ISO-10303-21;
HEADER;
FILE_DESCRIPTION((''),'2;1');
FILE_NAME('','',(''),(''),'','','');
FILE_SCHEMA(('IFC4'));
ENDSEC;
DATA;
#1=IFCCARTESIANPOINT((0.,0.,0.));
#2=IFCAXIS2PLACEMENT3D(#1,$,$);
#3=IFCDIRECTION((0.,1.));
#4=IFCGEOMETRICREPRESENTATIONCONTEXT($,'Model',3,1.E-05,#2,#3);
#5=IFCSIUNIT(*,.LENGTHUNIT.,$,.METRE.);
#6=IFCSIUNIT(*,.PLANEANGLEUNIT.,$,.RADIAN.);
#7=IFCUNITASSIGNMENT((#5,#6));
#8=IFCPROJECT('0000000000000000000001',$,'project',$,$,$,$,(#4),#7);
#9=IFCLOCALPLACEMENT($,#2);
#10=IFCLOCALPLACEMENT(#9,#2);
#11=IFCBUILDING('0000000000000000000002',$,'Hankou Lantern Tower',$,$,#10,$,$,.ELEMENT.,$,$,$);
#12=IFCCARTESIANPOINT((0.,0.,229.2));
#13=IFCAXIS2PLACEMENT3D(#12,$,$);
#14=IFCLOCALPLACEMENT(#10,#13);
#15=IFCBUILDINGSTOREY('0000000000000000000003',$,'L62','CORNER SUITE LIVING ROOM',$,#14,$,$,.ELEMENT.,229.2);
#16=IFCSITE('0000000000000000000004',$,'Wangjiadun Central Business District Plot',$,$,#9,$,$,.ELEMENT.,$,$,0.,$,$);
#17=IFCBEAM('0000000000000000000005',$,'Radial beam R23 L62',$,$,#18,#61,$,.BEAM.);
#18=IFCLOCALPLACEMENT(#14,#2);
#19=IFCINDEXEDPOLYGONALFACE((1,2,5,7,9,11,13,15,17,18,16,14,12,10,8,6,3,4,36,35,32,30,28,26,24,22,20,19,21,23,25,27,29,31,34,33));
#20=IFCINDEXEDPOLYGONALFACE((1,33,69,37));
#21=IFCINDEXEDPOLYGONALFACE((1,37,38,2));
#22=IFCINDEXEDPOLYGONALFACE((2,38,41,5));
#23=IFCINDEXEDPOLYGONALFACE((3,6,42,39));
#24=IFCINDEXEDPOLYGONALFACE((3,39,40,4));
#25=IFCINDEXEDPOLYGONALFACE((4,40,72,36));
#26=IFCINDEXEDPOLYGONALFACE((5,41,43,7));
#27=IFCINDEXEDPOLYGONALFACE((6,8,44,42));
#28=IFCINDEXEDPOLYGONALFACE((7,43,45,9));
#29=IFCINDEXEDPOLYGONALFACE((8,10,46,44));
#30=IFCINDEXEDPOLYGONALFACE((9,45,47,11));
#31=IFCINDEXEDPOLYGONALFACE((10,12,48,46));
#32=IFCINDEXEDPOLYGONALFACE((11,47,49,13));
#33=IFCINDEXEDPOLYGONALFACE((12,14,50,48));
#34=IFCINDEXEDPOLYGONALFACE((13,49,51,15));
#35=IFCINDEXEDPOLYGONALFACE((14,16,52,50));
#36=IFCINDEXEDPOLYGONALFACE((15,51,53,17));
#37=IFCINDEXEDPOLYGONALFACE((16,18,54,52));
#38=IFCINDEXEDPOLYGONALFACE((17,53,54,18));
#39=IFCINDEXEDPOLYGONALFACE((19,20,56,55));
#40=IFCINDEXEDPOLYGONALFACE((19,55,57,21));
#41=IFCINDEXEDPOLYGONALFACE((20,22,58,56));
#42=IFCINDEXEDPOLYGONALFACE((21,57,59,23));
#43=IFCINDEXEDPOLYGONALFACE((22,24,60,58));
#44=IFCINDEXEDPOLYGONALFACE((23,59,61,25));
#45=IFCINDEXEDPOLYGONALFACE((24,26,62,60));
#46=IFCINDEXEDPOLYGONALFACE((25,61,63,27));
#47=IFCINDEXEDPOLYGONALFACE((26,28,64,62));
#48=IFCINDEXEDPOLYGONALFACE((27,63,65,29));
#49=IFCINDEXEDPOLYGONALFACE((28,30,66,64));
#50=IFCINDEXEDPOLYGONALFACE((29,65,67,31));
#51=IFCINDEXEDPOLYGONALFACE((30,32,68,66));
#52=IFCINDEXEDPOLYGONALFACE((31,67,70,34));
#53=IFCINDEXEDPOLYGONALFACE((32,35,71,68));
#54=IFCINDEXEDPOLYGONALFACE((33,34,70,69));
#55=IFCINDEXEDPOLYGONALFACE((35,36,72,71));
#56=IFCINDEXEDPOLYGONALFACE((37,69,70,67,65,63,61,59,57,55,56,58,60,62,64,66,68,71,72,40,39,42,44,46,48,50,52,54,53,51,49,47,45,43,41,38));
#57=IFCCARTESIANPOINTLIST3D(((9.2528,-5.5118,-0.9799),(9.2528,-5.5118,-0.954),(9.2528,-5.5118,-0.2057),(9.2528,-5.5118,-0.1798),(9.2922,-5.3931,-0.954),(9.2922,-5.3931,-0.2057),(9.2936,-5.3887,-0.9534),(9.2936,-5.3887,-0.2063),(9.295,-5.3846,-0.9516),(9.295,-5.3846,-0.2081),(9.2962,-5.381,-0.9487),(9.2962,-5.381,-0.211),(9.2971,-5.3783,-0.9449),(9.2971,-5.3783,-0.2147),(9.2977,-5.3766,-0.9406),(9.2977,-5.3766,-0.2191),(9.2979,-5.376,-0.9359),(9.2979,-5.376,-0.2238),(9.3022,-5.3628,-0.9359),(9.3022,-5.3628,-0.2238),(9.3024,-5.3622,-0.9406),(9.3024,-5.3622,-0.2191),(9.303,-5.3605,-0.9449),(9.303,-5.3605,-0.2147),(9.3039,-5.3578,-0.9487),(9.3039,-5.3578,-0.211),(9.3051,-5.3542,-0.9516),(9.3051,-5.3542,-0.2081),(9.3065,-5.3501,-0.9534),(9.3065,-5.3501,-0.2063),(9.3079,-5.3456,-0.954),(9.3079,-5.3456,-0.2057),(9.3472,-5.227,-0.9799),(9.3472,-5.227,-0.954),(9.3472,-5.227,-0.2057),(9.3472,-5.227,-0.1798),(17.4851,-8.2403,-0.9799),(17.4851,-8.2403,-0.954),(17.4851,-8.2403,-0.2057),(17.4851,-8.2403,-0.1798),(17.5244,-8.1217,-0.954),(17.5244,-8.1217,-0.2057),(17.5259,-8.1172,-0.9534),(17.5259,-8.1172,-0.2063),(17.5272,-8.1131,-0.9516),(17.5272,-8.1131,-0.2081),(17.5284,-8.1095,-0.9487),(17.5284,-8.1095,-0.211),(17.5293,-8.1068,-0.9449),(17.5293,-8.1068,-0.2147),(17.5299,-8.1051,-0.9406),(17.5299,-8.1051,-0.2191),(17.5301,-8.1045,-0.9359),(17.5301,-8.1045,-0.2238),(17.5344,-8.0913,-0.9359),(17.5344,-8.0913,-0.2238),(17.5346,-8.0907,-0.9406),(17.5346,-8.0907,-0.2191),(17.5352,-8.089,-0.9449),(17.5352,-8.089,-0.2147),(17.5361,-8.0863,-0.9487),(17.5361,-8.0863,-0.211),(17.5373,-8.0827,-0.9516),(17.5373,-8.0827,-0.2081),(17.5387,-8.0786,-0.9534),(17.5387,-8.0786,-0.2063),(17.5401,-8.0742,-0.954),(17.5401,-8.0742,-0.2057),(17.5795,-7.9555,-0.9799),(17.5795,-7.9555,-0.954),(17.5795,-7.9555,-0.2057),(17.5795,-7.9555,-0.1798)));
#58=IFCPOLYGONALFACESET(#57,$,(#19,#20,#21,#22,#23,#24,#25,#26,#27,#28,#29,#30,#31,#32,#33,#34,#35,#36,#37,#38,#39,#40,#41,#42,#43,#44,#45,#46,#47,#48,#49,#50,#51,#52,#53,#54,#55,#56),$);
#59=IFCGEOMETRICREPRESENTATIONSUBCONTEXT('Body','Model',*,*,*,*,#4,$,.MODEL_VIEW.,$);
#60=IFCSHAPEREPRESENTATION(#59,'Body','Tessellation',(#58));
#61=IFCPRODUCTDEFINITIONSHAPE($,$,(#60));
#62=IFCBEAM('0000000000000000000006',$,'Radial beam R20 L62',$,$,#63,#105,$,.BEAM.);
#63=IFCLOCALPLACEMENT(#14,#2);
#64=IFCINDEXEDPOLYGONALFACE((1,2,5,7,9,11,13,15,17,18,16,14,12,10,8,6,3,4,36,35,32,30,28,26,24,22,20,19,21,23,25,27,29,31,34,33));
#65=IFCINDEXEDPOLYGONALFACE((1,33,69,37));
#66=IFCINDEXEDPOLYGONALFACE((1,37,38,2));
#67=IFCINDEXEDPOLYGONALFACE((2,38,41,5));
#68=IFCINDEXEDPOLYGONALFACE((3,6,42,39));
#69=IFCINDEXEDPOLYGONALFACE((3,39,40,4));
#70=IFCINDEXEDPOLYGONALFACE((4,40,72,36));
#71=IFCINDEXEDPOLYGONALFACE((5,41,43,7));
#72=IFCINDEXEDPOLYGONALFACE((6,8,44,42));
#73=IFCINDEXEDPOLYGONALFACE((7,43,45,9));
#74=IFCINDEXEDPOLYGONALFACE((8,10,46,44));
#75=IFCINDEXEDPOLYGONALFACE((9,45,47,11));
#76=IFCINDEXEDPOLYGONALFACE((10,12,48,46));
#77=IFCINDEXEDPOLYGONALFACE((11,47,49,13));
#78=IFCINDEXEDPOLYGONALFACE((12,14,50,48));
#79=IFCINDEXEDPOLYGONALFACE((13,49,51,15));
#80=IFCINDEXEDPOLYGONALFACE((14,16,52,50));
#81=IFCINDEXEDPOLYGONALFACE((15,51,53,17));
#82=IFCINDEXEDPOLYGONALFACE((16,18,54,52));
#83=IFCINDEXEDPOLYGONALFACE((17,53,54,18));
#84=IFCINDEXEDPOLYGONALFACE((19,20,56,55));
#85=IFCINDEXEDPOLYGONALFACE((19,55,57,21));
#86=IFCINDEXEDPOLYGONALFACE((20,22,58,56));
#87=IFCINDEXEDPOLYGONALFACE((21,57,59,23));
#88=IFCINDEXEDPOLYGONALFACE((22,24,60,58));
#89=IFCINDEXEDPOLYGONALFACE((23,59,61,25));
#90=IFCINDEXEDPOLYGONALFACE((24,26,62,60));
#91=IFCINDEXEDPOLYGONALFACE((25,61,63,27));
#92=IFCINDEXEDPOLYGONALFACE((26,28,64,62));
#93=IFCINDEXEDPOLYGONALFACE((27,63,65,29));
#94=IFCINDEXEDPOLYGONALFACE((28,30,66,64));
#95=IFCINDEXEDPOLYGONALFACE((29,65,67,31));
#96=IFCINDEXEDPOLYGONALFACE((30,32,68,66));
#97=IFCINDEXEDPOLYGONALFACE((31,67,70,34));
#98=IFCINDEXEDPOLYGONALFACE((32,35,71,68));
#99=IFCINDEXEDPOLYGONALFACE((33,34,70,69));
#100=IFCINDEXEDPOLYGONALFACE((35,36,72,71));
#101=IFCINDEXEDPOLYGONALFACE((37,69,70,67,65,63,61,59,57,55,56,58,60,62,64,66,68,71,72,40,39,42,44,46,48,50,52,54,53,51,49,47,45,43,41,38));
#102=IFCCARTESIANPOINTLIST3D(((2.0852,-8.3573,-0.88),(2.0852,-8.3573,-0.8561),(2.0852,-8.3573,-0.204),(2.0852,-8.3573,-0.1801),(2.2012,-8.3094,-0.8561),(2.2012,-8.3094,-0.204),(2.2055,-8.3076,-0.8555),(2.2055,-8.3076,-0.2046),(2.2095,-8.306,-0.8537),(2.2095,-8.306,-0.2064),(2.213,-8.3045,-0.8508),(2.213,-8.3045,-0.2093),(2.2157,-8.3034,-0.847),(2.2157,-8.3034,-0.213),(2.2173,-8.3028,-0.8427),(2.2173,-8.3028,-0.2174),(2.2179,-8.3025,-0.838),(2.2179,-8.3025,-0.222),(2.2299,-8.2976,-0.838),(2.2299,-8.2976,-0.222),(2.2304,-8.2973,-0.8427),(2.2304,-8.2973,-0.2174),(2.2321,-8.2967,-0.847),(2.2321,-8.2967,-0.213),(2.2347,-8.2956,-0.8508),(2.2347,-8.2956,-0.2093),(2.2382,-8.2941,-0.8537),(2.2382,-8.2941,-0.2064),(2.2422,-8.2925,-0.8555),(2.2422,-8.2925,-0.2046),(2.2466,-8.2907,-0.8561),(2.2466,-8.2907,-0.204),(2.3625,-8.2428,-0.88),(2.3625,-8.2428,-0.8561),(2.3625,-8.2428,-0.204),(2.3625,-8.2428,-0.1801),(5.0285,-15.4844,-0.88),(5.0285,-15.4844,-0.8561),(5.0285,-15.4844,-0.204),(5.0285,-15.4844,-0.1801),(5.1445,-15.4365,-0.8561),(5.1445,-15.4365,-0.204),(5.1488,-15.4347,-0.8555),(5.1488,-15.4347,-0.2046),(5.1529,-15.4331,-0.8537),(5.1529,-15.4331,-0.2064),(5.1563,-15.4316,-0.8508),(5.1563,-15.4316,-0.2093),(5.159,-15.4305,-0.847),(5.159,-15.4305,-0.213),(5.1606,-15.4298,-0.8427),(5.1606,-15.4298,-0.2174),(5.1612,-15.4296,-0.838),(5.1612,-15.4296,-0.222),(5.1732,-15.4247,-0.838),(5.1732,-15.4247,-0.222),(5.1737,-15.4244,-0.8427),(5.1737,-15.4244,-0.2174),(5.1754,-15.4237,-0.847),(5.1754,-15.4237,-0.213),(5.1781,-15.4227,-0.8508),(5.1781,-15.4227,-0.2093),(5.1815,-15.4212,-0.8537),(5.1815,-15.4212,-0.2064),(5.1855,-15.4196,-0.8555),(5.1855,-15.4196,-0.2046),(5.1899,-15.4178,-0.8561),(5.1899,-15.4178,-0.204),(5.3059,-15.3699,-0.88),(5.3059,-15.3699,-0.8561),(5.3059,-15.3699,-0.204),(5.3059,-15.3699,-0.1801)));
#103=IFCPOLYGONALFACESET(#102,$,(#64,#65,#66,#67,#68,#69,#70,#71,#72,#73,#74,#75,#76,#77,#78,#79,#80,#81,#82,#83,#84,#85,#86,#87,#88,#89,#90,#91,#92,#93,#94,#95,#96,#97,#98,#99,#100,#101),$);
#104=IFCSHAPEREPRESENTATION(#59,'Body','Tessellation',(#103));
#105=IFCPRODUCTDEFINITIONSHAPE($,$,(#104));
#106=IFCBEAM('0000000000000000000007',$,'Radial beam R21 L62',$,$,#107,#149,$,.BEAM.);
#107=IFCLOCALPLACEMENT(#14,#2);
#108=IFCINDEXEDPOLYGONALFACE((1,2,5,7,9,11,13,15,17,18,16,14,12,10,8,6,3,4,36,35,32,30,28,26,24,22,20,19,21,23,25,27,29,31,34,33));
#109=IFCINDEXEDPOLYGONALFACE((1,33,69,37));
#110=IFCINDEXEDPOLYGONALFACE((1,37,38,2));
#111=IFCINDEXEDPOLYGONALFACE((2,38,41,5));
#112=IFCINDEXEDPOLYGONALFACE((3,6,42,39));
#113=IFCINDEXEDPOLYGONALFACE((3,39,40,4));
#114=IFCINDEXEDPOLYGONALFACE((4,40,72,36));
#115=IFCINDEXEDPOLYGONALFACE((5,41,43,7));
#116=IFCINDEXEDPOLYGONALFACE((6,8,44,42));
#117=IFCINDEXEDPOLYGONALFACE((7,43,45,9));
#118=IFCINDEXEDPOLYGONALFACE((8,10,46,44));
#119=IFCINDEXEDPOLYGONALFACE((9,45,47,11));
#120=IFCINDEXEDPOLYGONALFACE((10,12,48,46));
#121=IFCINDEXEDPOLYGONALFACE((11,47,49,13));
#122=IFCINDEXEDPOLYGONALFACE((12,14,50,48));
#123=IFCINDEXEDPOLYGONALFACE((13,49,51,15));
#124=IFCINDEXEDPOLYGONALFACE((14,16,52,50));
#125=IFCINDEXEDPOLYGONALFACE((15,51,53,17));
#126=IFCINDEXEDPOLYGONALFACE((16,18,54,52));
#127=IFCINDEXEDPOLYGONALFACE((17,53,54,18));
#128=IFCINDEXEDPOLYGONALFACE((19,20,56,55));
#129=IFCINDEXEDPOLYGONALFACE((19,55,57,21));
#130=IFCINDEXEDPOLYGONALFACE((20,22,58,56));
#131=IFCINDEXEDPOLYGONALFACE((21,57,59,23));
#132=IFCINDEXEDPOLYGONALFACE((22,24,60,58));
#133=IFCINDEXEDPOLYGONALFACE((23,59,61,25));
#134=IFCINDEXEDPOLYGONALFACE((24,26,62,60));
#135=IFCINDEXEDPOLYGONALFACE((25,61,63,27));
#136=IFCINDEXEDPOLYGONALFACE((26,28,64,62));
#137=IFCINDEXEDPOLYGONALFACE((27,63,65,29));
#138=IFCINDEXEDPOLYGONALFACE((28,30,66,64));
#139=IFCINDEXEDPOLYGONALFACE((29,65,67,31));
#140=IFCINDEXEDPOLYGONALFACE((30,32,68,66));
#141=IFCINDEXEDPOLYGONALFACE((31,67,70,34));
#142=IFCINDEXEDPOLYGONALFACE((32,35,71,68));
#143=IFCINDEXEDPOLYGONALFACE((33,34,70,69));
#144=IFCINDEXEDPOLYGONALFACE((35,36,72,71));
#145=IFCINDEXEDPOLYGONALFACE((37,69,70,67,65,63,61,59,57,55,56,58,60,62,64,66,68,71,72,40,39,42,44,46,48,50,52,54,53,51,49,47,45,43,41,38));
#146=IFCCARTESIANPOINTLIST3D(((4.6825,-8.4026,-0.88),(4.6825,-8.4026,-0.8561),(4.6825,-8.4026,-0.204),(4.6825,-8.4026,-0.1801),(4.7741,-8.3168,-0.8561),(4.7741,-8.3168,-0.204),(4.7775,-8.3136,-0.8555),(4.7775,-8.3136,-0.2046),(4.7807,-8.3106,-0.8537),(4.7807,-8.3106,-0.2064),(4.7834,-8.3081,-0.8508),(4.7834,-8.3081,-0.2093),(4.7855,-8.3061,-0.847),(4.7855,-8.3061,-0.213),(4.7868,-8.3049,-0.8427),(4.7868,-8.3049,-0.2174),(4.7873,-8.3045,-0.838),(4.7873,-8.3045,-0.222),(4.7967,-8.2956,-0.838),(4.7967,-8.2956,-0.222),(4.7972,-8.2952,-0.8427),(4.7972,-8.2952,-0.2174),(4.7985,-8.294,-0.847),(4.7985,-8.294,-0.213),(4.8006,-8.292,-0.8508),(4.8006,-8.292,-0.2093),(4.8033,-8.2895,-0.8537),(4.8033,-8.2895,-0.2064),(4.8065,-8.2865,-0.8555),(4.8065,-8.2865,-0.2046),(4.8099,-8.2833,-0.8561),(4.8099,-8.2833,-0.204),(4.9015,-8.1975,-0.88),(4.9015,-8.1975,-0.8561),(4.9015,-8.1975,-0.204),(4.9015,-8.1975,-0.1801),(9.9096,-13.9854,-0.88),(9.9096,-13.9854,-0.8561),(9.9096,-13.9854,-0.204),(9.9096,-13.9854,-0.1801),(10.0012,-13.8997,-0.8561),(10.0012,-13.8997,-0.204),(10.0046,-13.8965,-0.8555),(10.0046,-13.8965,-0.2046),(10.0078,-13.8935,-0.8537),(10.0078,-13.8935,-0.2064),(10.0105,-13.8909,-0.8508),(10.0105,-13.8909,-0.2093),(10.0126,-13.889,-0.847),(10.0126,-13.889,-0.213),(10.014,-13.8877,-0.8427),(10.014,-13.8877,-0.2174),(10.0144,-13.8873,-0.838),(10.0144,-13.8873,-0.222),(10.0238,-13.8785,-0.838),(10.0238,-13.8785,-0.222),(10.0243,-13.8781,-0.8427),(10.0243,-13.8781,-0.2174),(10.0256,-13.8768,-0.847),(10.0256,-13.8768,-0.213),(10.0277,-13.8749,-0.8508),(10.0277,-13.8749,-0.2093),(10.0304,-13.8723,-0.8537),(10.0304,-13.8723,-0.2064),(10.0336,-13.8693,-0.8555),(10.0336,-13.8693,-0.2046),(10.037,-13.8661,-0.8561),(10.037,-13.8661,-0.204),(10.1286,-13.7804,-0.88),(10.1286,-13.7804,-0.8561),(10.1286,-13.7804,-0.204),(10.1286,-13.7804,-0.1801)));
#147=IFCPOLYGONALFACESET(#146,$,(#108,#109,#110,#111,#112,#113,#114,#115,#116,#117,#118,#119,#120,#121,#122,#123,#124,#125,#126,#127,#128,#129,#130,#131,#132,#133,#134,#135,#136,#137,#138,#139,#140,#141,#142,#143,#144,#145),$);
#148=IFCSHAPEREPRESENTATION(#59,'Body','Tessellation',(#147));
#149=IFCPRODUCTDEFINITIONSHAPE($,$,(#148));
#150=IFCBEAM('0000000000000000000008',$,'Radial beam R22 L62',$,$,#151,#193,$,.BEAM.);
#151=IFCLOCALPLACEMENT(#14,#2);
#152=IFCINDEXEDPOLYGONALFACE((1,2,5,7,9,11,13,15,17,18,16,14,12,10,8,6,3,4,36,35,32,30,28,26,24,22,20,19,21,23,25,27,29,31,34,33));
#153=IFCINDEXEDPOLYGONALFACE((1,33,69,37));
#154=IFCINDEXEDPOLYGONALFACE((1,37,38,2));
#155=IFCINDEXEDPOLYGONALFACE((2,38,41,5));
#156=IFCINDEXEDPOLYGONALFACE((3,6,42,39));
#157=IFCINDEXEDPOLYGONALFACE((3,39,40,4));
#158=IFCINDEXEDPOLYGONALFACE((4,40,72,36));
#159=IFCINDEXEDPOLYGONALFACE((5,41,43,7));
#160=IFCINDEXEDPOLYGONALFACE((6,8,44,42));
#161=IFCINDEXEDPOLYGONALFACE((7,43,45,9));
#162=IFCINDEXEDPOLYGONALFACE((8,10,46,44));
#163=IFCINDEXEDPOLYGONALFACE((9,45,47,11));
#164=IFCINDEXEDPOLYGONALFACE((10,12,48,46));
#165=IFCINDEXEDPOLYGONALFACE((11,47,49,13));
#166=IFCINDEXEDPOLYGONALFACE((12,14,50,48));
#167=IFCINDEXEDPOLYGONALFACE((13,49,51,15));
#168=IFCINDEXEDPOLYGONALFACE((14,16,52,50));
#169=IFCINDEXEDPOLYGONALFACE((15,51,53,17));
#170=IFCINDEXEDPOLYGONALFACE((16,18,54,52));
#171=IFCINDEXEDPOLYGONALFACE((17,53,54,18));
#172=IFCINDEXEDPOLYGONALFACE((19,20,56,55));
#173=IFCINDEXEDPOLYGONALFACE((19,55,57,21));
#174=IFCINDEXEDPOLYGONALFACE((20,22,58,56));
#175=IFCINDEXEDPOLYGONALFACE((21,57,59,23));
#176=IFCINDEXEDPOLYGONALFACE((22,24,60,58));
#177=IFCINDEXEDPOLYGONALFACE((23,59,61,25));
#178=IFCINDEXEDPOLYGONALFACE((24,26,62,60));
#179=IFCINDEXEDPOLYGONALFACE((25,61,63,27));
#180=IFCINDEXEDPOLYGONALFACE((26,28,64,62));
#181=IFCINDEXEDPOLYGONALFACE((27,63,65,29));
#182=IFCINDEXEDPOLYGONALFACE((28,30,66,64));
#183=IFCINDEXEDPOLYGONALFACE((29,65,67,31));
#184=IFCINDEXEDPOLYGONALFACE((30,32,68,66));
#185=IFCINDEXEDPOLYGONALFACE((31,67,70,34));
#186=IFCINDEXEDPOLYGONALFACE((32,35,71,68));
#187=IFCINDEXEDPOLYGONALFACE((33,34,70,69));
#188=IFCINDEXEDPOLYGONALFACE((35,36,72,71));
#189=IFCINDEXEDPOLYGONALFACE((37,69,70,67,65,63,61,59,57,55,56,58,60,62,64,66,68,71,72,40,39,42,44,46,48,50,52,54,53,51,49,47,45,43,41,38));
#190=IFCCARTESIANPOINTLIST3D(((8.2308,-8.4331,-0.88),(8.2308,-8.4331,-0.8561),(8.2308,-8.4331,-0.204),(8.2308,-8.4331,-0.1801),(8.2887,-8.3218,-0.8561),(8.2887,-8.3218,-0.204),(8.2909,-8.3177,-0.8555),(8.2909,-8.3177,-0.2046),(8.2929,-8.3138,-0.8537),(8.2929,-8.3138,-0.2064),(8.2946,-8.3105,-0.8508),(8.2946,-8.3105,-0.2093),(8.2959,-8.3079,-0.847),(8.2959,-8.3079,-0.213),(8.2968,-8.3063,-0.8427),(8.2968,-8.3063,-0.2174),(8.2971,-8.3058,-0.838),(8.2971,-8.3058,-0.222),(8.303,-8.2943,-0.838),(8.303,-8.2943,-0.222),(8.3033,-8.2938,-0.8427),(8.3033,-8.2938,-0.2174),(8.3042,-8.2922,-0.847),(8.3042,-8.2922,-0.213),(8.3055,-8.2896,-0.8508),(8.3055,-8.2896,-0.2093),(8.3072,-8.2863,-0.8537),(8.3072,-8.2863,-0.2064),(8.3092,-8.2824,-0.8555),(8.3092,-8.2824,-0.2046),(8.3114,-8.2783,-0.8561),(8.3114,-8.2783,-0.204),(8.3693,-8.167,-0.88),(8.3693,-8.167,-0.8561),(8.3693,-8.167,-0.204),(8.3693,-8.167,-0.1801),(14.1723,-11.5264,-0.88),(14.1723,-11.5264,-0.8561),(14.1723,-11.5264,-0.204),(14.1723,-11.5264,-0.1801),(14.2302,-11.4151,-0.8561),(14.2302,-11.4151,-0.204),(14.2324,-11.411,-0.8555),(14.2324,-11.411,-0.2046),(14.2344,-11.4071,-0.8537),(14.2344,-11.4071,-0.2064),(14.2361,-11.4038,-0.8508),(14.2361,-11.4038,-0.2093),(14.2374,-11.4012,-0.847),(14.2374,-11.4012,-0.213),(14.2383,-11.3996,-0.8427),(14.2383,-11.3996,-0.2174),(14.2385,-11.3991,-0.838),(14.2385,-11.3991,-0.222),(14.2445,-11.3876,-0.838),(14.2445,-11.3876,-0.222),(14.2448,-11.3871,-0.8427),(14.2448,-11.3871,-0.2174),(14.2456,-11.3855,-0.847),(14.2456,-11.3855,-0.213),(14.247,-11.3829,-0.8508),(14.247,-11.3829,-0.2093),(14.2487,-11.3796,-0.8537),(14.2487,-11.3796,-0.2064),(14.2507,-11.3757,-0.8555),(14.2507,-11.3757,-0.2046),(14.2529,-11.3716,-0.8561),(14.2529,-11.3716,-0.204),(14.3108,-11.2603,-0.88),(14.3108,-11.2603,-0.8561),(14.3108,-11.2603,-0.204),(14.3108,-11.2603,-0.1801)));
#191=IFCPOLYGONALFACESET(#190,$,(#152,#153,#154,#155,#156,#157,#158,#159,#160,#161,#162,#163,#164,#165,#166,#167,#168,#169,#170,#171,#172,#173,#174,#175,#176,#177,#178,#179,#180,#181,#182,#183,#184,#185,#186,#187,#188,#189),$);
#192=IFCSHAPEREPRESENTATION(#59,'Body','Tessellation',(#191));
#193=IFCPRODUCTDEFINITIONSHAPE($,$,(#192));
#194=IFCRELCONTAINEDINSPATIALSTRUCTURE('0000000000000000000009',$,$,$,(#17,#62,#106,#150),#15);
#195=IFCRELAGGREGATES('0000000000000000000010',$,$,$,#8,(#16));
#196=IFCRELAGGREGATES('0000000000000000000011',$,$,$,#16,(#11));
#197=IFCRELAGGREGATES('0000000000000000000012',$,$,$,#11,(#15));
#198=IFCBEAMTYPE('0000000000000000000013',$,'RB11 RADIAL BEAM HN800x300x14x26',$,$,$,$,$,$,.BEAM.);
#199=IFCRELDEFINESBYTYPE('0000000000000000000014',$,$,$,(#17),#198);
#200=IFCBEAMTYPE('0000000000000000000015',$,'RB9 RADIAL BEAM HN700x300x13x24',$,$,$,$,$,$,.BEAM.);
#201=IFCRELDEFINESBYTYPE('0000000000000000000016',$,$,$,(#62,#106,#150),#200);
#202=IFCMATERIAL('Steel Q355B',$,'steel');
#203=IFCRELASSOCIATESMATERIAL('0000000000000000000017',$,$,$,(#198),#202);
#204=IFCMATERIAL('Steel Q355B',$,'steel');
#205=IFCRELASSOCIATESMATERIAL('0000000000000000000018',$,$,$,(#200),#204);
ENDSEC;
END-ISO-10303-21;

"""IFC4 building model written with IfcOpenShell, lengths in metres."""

from ifc_helpers import new_model, si_unit, direction, frame, origin, origin_2d, place, context, subcontext, project, spatial, i_section, extrude, material, material_profile, profile_set, type_object, element, save


model = new_model("IFC4")

# Units and contexts
model_context = context("Model", 3, precision=1e-05, world=origin(), true_north=direction((0.0, 1.0)))
body_context = subcontext(model_context, "Body", "Model", "MODEL_VIEW")
ifc_project = project(units=[si_unit("LENGTHUNIT", "METRE"), si_unit("PLANEANGLEUNIT", "RADIAN")], contexts=[model_context])

# Site, building, storey
site_placement = place(None, origin())
site = spatial("IfcSite", under=ifc_project, at=site_placement, Name="Wangjiadun Central Business District Plot", CompositionType="ELEMENT", RefElevation=0.0)
building_placement = place(site_placement, origin())
building = spatial("IfcBuilding", under=site, at=building_placement, Name="Hankou Lantern Tower", CompositionType="ELEMENT")
storey_placement = place(building_placement, frame((0.0, 0.0, 229.2)))
storey = spatial("IfcBuildingStorey", under=building, at=storey_placement, Name="L62", Description="CORNER SUITE LIVING ROOM", CompositionType="ELEMENT", Elevation=229.2)

# Beams
ifc_material_1 = material(Name="Steel Q355B", Category="steel")
ifc_material_profile_1 = material_profile(ifc_material_1, i_section(OverallWidth=0.3, OverallDepth=0.8, WebThickness=0.0139, FlangeThickness=0.0259, FilletRadius=0.0181, at=origin_2d()), Name="HN800x300x14x26")
ifc_profile_set_1 = profile_set([ifc_material_profile_1], Name="Steel Q355B")
beam_type_1 = type_object("IfcBeamType", Name="RB11 RADIAL BEAM HN800x300x14x26", PredefinedType="BEAM", material=ifc_profile_set_1)
beam_1_placement = place(storey_placement, frame((9.3, -5.3694, -0.5798), z_axis=(0.94922, -0.314614, 0.0), x_axis=(0.314614, 0.94922, 0.0)))
element("IfcBeam", 1, at=beam_1_placement, inside=storey, type_object=beam_type_1, Name="Radial beam R23 L62", PredefinedType="BEAM", context=body_context, shape_type="SweptSolid", body=[
    extrude(i_section(OverallWidth=0.3, OverallDepth=0.8, WebThickness=0.0139, FlangeThickness=0.0259, FilletRadius=0.0181, at=origin_2d()), origin(), (0.0, 0.0, 1.0), 8.6726),
])
ifc_material_2 = material(Name="Steel Q355B", Category="steel")
ifc_material_profile_2 = material_profile(ifc_material_2, i_section(OverallWidth=0.3, OverallDepth=0.7, WebThickness=0.0129, FlangeThickness=0.0239, FilletRadius=0.0181, at=origin_2d()), Name="HN700x300x13x24")
ifc_profile_set_2 = profile_set([ifc_material_profile_2], Name="Steel Q355B")
beam_type_2 = type_object("IfcBeamType", Name="RB9 RADIAL BEAM HN700x300x13x24", PredefinedType="BEAM", material=ifc_profile_set_2)
beam_2_placement = place(storey_placement, frame((2.2239, -8.3, -0.53), z_axis=(0.381707, -0.924284, 0.0), x_axis=(0.924284, 0.381707, 0.0)))
element("IfcBeam", 2, at=beam_2_placement, inside=storey, type_object=beam_type_2, Name="Radial beam R20 L62", PredefinedType="BEAM", context=body_context, shape_type="SweptSolid", body=[
    extrude(i_section(OverallWidth=0.3, OverallDepth=0.7, WebThickness=0.0129, FlangeThickness=0.0239, FilletRadius=0.0181, at=origin_2d()), origin(), (0.0, 0.0, 1.0), 7.7109),
])
beam_3_placement = place(storey_placement, frame((4.792, -8.3, -0.53), z_axis=(0.683468, -0.72998, 0.0), x_axis=(0.72998, 0.683468, 0.0)))
element("IfcBeam", 3, at=beam_3_placement, inside=storey, type_object=beam_type_2, Name="Radial beam R21 L62", PredefinedType="BEAM", context=body_context, shape_type="SweptSolid", body=[
    extrude(i_section(OverallWidth=0.3, OverallDepth=0.7, WebThickness=0.0129, FlangeThickness=0.0239, FilletRadius=0.0181, at=origin_2d()), origin(), (0.0, 0.0, 1.0), 7.6479),
])
beam_4_placement = place(storey_placement, frame((8.3, -8.3, -0.53), z_axis=(0.886989, -0.461791, 0.0), x_axis=(0.461791, 0.886989, 0.0)))
element("IfcBeam", 4, at=beam_4_placement, inside=storey, type_object=beam_type_2, Name="Radial beam R22 L62", PredefinedType="BEAM", context=body_context, shape_type="SweptSolid", body=[
    extrude(i_section(OverallWidth=0.3, OverallDepth=0.7, WebThickness=0.0129, FlangeThickness=0.0239, FilletRadius=0.0181, at=origin_2d()), origin(), (0.0, 0.0, 1.0), 6.6985),
])

save(model, "model.ifc")
